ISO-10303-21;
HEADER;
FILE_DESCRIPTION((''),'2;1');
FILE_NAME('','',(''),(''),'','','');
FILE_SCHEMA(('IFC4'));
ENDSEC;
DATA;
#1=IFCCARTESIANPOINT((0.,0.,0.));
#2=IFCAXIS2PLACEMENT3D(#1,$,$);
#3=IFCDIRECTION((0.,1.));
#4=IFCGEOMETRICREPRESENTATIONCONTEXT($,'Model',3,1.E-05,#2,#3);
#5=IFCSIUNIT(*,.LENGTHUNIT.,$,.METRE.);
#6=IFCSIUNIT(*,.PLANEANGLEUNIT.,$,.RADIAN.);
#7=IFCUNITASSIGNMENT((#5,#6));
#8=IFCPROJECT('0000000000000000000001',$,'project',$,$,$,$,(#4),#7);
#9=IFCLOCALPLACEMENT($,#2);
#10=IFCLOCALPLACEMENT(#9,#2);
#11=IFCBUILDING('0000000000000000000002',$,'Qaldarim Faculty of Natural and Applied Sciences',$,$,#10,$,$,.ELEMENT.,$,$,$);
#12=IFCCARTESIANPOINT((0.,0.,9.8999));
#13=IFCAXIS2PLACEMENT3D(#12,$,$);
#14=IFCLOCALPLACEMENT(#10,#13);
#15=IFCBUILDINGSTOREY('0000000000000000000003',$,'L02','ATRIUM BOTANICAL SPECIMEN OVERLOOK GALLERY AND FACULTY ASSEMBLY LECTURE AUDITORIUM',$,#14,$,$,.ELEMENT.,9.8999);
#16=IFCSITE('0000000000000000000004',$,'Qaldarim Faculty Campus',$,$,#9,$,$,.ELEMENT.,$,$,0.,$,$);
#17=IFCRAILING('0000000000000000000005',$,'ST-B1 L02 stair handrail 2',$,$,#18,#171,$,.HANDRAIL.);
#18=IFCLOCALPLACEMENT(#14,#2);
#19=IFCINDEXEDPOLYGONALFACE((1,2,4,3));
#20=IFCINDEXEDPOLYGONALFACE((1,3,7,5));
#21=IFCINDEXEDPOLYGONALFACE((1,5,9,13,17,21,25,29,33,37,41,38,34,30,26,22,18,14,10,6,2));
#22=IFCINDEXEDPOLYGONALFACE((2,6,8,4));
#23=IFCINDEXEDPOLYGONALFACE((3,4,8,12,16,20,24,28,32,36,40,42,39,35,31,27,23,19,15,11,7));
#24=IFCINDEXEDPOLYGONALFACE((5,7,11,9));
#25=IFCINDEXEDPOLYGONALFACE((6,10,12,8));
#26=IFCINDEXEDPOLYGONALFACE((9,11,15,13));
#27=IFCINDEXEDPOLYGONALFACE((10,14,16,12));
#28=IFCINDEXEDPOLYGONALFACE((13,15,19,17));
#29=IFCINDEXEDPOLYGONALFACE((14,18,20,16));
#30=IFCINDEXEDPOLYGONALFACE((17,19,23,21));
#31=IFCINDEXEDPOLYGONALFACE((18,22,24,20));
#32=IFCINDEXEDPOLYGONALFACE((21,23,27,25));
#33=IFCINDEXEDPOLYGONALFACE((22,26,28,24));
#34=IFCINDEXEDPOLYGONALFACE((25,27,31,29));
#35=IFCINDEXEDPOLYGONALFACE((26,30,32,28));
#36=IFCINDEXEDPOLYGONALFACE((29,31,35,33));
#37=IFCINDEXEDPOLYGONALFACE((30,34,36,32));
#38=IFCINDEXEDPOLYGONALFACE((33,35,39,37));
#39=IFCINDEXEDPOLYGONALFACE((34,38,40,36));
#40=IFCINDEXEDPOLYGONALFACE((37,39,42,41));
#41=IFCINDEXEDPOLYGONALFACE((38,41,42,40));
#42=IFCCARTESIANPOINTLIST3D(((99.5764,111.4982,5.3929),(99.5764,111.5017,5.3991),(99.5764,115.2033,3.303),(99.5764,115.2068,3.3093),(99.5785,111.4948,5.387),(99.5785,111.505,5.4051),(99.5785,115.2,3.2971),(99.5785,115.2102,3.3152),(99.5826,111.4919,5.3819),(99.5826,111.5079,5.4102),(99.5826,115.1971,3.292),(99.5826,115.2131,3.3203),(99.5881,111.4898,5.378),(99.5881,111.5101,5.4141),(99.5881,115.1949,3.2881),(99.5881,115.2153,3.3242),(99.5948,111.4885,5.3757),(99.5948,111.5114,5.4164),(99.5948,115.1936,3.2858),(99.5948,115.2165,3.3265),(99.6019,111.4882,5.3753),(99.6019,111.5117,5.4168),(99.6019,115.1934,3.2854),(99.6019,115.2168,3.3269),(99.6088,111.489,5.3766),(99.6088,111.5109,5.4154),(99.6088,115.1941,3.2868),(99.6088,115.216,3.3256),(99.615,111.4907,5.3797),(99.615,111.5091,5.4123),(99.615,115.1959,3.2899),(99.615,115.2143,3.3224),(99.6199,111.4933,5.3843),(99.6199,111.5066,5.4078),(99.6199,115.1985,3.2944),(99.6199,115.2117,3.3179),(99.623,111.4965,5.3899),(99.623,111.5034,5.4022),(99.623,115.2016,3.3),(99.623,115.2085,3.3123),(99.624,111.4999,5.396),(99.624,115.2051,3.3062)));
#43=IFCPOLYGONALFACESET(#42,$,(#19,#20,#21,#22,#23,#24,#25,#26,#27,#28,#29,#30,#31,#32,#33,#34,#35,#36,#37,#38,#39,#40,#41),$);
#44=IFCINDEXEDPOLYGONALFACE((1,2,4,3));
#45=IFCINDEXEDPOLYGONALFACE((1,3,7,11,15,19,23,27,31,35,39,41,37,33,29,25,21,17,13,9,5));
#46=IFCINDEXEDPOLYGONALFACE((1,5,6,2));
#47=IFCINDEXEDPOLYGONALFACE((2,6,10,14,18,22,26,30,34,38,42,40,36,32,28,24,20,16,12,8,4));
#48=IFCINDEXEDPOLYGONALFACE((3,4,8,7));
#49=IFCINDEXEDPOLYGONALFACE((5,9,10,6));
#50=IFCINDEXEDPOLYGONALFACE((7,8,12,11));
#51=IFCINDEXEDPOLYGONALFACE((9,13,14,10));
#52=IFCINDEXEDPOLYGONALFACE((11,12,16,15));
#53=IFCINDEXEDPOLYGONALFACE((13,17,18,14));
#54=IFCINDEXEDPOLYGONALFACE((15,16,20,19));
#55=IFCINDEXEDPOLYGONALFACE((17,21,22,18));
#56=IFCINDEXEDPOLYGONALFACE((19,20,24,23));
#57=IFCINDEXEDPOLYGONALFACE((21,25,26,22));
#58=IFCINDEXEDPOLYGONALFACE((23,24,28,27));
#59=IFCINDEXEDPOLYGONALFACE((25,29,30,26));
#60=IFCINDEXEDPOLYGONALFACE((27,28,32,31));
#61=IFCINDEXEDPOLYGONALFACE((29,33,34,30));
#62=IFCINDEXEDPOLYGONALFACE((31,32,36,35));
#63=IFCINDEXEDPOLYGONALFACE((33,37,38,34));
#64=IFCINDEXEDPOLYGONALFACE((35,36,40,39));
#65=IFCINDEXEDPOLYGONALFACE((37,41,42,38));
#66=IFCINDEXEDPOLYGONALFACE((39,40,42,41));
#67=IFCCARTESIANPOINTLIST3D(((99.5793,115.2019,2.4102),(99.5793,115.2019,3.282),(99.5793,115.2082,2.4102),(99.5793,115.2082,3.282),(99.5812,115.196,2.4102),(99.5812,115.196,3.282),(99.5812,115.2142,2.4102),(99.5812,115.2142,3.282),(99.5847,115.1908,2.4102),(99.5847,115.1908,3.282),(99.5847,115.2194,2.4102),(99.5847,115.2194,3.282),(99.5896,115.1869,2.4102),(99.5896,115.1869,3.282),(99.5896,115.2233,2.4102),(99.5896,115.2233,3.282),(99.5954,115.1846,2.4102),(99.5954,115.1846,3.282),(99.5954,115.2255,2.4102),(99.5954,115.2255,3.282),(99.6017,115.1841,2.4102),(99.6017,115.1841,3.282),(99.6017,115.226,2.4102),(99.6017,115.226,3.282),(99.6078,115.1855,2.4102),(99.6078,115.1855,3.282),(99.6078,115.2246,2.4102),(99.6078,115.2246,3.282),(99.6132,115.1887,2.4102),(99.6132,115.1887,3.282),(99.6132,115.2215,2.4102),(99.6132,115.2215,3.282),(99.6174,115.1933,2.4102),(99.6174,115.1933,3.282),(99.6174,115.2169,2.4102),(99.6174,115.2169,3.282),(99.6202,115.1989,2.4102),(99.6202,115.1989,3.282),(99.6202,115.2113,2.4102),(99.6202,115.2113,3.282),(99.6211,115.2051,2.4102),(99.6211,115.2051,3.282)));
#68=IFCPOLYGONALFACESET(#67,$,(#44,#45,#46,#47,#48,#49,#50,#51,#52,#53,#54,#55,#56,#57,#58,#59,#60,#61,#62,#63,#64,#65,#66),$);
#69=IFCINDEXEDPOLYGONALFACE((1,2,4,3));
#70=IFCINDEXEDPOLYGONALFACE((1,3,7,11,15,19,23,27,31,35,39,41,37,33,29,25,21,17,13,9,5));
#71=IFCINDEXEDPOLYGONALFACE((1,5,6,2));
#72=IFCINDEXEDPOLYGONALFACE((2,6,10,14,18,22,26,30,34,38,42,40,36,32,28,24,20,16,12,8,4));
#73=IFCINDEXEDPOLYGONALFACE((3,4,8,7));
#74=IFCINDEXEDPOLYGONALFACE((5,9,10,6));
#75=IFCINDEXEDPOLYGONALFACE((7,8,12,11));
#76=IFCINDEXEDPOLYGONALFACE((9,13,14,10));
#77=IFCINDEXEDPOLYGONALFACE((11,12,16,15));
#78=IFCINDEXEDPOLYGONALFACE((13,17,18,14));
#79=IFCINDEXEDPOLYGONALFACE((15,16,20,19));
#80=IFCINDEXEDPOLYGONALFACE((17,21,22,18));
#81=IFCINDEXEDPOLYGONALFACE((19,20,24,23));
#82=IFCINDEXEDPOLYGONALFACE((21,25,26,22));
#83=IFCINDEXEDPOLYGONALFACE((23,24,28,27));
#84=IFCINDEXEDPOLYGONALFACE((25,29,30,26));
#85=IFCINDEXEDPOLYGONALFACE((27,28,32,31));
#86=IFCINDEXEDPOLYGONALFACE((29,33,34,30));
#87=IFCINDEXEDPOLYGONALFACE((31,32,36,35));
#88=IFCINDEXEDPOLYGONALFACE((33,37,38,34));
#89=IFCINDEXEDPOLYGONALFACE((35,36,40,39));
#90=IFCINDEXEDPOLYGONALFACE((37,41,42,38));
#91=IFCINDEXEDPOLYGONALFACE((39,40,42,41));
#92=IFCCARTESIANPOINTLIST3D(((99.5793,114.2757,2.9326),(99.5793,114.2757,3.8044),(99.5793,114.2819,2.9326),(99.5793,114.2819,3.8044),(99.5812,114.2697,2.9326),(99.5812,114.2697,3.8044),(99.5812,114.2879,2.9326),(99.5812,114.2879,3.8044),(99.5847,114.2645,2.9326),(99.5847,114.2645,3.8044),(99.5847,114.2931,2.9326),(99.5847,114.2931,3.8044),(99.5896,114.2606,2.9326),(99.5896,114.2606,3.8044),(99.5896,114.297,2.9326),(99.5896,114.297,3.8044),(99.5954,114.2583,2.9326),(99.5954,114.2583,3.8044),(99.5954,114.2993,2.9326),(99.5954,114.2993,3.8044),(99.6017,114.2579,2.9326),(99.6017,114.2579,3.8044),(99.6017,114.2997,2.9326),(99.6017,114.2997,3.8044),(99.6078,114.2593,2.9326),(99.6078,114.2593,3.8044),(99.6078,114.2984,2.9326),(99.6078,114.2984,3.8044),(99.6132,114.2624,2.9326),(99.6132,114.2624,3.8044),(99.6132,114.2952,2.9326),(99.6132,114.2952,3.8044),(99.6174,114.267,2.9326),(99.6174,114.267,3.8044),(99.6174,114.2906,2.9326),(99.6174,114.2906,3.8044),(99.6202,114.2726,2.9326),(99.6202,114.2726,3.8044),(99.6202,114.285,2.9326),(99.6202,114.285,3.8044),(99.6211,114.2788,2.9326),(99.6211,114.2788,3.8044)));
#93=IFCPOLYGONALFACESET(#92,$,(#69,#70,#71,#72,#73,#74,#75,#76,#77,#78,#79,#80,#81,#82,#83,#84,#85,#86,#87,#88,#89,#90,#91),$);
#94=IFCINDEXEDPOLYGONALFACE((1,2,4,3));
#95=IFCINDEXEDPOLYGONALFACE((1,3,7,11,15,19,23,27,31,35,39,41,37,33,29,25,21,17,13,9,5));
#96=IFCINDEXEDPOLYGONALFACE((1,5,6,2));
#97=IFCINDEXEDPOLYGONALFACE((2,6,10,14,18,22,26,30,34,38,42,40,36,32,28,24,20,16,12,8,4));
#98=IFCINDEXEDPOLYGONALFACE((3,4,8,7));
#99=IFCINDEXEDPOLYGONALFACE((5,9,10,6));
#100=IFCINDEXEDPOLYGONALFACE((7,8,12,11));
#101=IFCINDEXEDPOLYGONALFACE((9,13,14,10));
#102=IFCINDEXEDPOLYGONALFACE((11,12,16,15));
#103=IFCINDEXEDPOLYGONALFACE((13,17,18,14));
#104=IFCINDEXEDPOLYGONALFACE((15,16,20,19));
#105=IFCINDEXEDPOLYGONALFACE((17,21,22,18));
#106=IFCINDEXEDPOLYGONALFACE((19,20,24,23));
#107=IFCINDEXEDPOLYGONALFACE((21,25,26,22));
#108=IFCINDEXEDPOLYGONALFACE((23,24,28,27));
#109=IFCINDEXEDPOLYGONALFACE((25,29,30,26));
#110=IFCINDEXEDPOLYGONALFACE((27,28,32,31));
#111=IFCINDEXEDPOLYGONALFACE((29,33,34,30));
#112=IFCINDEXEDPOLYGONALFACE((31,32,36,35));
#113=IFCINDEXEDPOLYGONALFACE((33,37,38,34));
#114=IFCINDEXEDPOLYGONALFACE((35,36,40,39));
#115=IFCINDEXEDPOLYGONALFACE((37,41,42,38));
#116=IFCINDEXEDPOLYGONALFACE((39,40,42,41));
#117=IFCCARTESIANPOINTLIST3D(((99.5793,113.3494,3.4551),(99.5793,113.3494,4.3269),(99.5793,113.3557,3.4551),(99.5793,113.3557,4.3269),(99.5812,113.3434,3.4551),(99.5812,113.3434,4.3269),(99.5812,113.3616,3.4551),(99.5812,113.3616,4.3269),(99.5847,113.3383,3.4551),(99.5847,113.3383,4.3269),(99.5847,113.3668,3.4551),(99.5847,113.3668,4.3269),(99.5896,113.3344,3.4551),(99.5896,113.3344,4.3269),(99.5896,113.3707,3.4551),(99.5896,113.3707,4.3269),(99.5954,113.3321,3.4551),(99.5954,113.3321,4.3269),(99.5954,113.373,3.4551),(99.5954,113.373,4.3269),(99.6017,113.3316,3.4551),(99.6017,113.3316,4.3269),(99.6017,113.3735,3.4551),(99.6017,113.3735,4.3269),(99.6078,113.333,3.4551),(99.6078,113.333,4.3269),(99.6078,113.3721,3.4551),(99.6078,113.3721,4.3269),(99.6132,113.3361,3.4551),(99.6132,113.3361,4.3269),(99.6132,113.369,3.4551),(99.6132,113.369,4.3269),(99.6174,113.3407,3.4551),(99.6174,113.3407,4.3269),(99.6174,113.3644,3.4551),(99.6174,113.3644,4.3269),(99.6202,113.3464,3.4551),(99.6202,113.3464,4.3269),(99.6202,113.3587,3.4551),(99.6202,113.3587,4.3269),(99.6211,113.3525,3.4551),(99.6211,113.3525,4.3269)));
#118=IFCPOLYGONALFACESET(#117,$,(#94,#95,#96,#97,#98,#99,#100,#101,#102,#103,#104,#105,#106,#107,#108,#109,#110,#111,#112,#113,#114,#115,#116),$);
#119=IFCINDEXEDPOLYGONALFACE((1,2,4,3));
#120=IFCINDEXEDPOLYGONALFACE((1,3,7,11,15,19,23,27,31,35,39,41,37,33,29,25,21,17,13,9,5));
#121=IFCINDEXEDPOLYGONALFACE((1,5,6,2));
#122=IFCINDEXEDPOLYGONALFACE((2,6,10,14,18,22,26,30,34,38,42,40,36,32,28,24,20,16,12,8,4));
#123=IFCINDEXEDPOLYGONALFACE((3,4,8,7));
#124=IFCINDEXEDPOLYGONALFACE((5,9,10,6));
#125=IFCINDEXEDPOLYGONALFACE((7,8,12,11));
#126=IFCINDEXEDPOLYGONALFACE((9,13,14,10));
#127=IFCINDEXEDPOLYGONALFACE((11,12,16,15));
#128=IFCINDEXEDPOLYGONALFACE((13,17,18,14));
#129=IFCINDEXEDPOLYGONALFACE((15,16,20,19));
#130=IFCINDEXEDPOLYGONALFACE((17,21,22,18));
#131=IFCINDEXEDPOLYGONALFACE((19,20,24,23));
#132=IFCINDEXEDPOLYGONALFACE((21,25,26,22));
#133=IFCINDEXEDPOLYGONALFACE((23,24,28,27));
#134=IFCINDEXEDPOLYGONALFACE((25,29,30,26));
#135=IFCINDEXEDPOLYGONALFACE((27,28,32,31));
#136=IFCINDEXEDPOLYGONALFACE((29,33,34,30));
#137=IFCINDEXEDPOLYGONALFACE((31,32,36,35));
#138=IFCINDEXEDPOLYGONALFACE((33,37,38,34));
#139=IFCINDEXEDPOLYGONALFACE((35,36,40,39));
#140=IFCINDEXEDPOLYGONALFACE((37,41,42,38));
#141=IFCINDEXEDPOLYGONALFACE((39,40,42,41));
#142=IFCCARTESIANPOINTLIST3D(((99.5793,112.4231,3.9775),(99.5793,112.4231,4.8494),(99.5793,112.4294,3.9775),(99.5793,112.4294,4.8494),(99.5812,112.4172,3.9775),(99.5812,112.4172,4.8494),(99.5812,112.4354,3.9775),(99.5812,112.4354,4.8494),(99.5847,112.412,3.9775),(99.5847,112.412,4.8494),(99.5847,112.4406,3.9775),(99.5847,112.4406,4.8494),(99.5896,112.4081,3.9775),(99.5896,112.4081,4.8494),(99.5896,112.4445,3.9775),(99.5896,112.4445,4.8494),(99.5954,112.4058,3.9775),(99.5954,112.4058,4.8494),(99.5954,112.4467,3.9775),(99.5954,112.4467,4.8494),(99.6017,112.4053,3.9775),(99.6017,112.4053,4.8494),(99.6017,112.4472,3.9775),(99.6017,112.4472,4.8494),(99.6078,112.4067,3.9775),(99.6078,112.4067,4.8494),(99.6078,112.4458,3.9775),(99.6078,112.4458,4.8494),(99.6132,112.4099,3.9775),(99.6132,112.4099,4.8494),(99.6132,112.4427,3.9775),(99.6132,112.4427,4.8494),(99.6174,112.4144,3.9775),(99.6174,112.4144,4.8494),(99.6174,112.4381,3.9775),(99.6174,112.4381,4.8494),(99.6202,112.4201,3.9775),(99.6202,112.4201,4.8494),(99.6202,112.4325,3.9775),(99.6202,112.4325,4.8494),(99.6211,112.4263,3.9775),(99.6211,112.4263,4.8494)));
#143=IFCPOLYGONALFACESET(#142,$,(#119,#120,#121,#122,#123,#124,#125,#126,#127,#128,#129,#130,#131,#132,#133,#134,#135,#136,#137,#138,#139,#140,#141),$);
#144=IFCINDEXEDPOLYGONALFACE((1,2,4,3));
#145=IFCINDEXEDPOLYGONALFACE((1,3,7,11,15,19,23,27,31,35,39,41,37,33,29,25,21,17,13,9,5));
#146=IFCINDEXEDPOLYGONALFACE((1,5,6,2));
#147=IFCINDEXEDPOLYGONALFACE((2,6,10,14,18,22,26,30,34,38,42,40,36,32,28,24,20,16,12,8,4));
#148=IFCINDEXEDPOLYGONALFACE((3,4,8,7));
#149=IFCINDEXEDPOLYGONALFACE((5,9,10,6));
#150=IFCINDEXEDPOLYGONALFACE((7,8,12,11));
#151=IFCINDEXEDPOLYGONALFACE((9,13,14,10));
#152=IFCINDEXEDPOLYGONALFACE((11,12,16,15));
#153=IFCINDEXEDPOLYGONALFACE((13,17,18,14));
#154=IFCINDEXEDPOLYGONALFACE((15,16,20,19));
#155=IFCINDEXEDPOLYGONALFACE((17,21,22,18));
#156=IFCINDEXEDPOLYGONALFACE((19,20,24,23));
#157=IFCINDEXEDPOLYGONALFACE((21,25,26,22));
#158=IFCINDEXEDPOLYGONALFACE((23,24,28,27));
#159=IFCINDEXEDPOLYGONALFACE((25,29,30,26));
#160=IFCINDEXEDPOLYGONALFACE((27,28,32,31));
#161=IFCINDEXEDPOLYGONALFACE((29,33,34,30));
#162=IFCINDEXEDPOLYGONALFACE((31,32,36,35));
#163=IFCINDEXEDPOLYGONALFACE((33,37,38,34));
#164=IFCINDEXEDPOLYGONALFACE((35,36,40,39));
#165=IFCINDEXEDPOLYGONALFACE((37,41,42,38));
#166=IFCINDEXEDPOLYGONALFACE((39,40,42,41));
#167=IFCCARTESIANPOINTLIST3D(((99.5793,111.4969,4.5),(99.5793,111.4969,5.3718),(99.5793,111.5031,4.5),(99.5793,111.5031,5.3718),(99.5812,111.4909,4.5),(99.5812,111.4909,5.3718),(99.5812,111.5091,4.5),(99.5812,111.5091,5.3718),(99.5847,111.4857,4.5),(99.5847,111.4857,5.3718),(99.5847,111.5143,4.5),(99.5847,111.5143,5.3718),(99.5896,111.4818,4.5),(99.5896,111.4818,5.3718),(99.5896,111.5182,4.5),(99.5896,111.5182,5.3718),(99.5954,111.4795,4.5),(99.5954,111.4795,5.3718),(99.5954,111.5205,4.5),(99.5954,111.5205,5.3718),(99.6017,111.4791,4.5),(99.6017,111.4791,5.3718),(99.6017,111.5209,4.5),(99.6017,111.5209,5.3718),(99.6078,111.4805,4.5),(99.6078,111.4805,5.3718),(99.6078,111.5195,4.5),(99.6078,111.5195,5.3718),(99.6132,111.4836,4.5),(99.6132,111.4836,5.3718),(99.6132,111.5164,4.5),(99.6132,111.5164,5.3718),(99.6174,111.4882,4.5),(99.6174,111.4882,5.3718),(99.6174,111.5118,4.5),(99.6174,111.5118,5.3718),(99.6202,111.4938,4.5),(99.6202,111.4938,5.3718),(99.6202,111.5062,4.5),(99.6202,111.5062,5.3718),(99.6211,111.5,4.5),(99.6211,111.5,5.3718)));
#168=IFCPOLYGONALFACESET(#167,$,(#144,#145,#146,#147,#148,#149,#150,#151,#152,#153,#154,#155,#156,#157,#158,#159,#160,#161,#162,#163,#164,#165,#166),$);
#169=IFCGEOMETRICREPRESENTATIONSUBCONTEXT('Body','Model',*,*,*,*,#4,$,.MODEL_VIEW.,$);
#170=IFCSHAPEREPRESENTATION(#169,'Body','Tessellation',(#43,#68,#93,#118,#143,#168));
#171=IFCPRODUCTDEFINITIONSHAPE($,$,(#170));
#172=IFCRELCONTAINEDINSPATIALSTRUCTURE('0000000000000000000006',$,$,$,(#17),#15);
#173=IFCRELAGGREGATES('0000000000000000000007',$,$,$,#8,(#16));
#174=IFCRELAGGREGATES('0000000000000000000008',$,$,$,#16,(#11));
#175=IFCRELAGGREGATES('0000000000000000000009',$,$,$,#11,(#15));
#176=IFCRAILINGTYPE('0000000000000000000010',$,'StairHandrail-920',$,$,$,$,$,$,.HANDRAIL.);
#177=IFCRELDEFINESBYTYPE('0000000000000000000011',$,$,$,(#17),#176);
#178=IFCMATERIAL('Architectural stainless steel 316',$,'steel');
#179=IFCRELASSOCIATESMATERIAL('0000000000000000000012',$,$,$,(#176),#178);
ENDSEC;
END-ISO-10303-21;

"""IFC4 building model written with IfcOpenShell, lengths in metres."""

from ifc_helpers import new_model, si_unit, direction, frame, origin, origin_2d, place, context, subcontext, project, spatial, circle, extrude, material, type_object, element, save


model = new_model("IFC4")

# Units and contexts
model_context = context("Model", 3, precision=1e-05, world=origin(), true_north=direction((0.0, 1.0)))
body_context = subcontext(model_context, "Body", "Model", "MODEL_VIEW")
ifc_project = project(units=[si_unit("LENGTHUNIT", "METRE"), si_unit("PLANEANGLEUNIT", "RADIAN")], contexts=[model_context])

# Site, building, storey
site_placement = place(None, origin())
site = spatial("IfcSite", under=ifc_project, at=site_placement, Name="Qaldarim Faculty Campus", CompositionType="ELEMENT", RefElevation=0.0)
building_placement = place(site_placement, origin())
building = spatial("IfcBuilding", under=site, at=building_placement, Name="Qaldarim Faculty of Natural and Applied Sciences", CompositionType="ELEMENT")
storey_placement = place(building_placement, frame((0.0, 0.0, 9.8999)))
storey = spatial("IfcBuildingStorey", under=building, at=storey_placement, Name="L02", Description="ATRIUM BOTANICAL SPECIMEN OVERLOOK GALLERY AND FACULTY ASSEMBLY LECTURE AUDITORIUM", CompositionType="ELEMENT", Elevation=9.8999)

# Shared definitions
ifc_material_1 = material(Name="Architectural stainless steel 316", Category="steel")

# Railing
railing_type_1 = type_object("IfcRailingType", Name="StairHandrail-920", PredefinedType="HANDRAIL", material=ifc_material_1)
railing_1_placement = place(storey_placement, frame((99.6001, 115.2051, 2.4102)))
element("IfcRailing", 1, at=railing_1_placement, inside=storey, type_object=railing_type_1, Name="ST-B1 L02 stair handrail 2", PredefinedType="HANDRAIL", context=body_context, shape_type="SweptSolid", body=[
    extrude(circle(Radius=0.0239, at=origin_2d()), frame((0.0, 0.0, 0.896), z_axis=(0.0, -0.870999, 0.491285), x_axis=(1.0, 0.0, 0.0)), (0.0, 0.0, 1.0), 4.2539),
    extrude(circle(Radius=0.021, at=origin_2d()), origin(), (0.0, 0.0, 1.0), 0.8718),
    extrude(circle(Radius=0.021, at=origin_2d()), frame((0.0, -0.9263, 0.5225)), (0.0, 0.0, 1.0), 0.8718),
    extrude(circle(Radius=0.021, at=origin_2d()), frame((0.0, -1.8525, 1.0449)), (0.0, 0.0, 1.0), 0.8718),
    extrude(circle(Radius=0.021, at=origin_2d()), frame((0.0, -2.7788, 1.5674)), (0.0, 0.0, 1.0), 0.8718),
    extrude(circle(Radius=0.021, at=origin_2d()), frame((0.0, -3.7051, 2.0898)), (0.0, 0.0, 1.0), 0.8718),
])

save(model, "model.ifc")
